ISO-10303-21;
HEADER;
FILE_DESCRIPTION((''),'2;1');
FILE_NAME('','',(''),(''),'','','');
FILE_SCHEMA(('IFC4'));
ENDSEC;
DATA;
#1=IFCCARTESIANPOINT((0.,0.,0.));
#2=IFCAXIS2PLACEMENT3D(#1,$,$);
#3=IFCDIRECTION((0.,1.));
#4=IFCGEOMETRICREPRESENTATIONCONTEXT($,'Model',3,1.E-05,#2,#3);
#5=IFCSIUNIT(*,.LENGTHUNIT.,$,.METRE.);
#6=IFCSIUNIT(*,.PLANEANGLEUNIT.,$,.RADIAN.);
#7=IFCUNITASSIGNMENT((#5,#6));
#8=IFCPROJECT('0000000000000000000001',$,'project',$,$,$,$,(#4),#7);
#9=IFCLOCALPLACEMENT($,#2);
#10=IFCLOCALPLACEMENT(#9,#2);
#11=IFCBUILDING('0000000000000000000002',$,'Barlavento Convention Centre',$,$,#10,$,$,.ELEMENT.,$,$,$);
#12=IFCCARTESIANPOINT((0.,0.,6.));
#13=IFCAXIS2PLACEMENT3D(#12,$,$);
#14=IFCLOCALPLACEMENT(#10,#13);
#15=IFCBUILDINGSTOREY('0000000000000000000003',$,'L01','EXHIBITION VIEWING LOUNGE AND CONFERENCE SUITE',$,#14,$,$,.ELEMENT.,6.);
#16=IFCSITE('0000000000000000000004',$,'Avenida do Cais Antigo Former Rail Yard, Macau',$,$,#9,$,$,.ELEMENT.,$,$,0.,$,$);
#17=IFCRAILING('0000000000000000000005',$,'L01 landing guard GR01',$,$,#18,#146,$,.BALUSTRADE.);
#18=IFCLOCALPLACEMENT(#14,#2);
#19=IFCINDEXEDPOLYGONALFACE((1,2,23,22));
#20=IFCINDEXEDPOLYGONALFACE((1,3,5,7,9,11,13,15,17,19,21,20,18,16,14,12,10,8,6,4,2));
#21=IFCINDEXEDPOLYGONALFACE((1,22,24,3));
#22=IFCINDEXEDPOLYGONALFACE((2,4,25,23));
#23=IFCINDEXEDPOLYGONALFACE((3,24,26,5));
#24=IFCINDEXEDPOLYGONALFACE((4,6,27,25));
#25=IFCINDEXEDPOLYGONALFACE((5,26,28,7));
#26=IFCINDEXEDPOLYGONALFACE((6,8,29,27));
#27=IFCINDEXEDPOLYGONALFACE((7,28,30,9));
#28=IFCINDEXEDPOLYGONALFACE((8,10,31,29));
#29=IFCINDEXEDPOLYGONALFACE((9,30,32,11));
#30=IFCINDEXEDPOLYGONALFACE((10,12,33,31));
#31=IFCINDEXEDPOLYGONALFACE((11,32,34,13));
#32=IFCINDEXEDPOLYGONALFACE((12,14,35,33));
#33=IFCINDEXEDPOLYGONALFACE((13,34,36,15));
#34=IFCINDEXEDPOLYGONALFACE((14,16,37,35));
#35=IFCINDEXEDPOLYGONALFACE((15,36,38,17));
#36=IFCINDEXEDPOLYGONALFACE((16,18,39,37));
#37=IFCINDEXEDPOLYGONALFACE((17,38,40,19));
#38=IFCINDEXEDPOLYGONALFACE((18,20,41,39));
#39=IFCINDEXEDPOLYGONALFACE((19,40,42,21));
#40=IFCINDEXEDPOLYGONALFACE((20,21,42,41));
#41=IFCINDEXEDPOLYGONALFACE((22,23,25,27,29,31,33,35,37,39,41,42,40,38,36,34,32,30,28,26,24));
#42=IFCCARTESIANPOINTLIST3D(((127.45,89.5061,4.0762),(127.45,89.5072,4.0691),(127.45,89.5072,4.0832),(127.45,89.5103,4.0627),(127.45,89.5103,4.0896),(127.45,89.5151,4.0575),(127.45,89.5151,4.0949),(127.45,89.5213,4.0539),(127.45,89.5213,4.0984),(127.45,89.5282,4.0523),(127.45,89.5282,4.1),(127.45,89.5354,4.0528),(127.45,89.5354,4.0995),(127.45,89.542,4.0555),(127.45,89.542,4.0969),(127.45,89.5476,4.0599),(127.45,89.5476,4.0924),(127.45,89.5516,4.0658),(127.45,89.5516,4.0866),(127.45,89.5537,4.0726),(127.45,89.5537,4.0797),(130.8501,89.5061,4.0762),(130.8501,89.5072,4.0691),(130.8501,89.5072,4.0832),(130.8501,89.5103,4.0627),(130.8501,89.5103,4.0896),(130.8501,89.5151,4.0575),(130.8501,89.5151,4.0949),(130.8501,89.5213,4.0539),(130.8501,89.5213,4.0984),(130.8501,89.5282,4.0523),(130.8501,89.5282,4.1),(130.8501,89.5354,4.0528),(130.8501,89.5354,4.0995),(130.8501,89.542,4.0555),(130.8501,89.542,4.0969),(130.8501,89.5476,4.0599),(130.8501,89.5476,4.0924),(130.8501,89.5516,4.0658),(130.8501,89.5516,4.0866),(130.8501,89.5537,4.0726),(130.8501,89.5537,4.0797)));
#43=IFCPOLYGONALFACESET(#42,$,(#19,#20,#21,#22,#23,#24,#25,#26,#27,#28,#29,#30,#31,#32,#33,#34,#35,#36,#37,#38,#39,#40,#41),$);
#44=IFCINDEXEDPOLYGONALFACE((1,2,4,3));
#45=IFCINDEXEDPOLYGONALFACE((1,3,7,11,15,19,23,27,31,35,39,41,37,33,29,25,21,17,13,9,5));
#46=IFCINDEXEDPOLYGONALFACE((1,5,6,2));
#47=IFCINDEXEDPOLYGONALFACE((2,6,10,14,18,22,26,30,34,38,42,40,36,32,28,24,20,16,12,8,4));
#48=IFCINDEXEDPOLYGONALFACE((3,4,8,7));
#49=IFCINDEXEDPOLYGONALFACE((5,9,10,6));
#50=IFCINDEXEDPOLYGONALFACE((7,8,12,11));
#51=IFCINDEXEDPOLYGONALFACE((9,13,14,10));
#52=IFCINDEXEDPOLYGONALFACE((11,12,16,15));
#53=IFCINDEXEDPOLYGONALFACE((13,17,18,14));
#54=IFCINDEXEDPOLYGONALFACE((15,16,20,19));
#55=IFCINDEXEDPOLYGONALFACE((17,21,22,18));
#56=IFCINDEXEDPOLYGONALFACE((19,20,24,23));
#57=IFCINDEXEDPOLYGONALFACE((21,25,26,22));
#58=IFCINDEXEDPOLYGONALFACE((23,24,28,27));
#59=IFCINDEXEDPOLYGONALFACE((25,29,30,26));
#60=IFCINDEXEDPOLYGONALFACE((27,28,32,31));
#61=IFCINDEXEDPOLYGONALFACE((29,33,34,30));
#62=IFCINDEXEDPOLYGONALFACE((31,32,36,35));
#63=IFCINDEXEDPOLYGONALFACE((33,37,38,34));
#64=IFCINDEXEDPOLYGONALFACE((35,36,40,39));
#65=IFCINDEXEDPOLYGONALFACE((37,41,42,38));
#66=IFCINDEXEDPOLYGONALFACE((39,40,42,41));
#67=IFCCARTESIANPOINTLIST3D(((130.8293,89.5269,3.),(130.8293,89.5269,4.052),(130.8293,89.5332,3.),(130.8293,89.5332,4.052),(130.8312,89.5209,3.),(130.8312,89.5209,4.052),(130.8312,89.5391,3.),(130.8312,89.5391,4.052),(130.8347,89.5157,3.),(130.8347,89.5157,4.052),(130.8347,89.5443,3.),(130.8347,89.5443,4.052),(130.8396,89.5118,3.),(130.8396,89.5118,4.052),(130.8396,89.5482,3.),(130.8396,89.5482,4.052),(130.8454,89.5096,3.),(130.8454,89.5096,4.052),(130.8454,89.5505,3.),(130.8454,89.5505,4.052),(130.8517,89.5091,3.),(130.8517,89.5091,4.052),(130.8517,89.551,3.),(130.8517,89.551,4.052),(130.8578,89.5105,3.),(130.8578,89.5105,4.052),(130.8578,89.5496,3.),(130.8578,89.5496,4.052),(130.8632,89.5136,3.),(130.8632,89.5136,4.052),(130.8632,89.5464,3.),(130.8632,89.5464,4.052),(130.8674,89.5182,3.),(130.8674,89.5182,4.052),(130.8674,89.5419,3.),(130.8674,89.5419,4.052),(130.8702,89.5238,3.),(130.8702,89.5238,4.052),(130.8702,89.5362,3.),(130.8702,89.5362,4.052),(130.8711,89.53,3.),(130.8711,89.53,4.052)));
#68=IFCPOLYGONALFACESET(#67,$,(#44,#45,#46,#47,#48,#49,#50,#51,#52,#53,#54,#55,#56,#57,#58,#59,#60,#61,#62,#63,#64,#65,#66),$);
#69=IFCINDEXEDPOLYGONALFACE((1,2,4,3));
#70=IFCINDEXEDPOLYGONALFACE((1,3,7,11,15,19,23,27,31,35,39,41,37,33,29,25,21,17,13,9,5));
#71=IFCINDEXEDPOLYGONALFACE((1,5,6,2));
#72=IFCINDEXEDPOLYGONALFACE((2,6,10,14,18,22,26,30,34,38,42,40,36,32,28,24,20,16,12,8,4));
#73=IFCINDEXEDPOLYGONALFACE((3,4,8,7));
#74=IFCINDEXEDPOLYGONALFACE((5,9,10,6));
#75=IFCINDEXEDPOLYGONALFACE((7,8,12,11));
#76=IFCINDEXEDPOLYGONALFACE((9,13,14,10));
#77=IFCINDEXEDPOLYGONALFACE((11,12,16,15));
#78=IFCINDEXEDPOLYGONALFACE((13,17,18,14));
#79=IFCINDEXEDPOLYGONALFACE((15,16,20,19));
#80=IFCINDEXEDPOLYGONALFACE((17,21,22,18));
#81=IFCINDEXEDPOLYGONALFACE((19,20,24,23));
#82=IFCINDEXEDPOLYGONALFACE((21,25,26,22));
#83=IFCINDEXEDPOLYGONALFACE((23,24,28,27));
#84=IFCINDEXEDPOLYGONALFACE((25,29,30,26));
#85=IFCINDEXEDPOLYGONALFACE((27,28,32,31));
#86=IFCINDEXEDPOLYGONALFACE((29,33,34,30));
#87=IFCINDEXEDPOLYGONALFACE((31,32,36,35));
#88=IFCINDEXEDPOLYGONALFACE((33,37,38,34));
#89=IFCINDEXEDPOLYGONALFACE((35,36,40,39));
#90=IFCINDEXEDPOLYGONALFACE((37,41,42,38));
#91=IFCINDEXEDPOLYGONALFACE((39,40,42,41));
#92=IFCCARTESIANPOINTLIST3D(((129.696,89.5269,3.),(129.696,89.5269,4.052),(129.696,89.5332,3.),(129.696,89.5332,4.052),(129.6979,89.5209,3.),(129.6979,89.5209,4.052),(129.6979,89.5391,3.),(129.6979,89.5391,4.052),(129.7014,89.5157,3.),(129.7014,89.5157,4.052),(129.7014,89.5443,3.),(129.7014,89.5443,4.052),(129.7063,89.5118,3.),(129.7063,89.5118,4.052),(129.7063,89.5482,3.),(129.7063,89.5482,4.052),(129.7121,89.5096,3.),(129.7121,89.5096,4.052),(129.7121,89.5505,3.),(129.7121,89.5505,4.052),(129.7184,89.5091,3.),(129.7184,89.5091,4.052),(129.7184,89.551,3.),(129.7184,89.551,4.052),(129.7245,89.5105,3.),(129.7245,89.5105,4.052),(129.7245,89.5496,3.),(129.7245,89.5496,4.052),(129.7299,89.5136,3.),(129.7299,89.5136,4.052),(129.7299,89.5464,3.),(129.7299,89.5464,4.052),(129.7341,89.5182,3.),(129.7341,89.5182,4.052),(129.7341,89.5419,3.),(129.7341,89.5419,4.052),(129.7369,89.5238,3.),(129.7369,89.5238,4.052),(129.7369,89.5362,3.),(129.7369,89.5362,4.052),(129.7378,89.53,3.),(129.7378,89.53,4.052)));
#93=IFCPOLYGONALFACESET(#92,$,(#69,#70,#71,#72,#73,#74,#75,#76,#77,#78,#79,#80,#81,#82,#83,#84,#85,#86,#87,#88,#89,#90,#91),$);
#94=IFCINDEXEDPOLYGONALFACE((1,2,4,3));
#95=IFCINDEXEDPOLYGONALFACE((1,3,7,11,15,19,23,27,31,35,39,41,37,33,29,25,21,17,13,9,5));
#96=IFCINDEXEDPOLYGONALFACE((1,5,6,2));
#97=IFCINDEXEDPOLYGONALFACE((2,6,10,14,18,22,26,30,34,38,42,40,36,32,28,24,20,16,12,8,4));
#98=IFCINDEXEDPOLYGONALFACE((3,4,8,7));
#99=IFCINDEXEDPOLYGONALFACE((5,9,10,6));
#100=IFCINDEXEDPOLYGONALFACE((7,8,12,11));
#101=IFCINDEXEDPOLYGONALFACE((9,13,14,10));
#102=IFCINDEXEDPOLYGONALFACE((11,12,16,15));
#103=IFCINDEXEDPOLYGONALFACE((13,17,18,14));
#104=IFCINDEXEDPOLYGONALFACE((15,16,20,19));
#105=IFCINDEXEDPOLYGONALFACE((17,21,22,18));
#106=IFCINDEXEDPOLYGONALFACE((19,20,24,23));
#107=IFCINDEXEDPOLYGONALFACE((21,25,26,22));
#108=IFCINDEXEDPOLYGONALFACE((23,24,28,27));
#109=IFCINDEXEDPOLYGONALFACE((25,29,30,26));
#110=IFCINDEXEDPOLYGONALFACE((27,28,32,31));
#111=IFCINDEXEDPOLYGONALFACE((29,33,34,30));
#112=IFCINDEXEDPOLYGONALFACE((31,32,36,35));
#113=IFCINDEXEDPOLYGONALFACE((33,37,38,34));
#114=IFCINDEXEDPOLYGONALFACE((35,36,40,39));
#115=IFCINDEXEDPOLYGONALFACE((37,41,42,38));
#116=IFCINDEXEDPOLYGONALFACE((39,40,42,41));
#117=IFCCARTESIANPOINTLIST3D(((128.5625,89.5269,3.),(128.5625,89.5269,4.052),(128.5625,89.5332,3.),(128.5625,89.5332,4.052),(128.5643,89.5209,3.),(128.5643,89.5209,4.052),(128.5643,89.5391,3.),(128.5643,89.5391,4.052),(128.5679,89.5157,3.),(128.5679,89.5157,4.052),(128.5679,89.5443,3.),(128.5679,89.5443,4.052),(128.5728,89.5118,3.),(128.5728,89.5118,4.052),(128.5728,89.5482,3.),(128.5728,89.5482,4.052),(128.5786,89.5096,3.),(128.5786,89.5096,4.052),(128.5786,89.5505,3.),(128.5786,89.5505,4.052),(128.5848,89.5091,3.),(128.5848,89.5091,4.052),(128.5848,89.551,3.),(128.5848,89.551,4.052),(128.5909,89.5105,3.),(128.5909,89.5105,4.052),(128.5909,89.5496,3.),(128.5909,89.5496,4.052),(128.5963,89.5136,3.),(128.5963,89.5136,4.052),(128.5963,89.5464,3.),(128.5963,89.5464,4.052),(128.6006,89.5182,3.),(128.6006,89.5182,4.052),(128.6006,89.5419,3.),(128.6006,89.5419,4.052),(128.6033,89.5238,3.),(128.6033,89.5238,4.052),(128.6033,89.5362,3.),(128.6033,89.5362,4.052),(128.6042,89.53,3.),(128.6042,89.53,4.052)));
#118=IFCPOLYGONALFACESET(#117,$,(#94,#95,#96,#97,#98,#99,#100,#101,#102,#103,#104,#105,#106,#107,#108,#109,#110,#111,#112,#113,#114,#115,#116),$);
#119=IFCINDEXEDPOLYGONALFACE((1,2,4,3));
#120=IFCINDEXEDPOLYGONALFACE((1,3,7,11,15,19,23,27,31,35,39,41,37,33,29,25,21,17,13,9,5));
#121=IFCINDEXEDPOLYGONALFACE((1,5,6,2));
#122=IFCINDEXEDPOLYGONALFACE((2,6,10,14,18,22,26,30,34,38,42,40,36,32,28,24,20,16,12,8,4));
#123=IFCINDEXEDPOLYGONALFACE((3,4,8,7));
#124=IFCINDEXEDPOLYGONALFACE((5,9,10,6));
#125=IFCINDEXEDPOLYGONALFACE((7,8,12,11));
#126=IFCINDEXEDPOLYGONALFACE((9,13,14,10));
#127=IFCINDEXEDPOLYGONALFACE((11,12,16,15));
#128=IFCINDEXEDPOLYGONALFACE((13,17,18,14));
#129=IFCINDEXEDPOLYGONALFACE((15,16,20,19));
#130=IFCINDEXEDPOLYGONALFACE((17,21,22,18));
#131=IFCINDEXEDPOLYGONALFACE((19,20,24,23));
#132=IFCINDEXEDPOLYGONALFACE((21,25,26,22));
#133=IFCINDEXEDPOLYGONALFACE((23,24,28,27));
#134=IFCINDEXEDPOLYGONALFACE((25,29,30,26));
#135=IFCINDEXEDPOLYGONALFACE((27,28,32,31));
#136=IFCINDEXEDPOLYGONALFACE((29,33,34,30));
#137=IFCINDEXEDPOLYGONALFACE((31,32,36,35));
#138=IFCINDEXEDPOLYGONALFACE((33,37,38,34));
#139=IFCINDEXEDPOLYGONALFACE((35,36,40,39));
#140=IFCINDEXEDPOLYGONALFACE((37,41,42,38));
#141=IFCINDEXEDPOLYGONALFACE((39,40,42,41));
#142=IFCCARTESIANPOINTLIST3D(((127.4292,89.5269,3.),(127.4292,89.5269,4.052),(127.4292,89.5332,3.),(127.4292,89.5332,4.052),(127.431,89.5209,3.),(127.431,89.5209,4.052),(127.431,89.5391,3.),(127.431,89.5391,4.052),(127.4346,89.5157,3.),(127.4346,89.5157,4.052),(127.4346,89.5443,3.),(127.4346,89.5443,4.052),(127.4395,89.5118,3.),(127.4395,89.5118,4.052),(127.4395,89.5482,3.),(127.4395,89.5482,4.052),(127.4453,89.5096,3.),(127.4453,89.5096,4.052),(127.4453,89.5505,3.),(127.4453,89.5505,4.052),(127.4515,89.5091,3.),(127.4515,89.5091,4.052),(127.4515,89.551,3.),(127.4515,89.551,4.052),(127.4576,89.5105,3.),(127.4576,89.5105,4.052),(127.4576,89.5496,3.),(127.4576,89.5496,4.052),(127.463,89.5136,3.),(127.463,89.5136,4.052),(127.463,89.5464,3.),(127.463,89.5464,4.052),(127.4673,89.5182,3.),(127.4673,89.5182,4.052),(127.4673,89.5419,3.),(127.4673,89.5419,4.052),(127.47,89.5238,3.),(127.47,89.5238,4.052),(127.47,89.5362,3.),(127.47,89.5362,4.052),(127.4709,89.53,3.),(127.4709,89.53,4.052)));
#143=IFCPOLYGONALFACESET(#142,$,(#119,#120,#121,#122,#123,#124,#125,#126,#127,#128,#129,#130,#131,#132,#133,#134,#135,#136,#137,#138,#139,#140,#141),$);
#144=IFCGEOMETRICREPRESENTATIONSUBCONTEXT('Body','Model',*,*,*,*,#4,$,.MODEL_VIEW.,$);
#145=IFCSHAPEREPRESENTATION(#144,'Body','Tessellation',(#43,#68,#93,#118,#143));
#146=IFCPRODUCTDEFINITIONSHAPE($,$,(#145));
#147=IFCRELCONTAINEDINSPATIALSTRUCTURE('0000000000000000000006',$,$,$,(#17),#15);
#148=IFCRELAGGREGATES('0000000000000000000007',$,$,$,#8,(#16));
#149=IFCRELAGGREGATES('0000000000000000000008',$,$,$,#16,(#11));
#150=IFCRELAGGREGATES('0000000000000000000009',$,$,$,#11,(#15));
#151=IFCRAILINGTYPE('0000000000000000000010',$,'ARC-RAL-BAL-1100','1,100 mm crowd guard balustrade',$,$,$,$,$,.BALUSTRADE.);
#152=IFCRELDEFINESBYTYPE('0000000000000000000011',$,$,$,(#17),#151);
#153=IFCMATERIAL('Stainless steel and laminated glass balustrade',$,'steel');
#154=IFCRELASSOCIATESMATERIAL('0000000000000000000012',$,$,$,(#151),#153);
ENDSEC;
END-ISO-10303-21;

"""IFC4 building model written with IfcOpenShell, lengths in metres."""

from ifc_helpers import new_model, si_unit, direction, frame, origin, origin_2d, place, context, subcontext, project, spatial, circle, extrude, material, type_object, element, save


model = new_model("IFC4")

# Units and contexts
model_context = context("Model", 3, precision=1e-05, world=origin(), true_north=direction((0.0, 1.0)))
body_context = subcontext(model_context, "Body", "Model", "MODEL_VIEW")
ifc_project = project(units=[si_unit("LENGTHUNIT", "METRE"), si_unit("PLANEANGLEUNIT", "RADIAN")], contexts=[model_context])

# Site, building, storey
site_placement = place(None, origin())
site = spatial("IfcSite", under=ifc_project, at=site_placement, Name="Avenida do Cais Antigo Former Rail Yard, Macau", CompositionType="ELEMENT", RefElevation=0.0)
building_placement = place(site_placement, origin())
building = spatial("IfcBuilding", under=site, at=building_placement, Name="Barlavento Convention Centre", CompositionType="ELEMENT")
storey_placement = place(building_placement, frame((0.0, 0.0, 6.0)))
storey = spatial("IfcBuildingStorey", under=building, at=storey_placement, Name="L01", Description="EXHIBITION VIEWING LOUNGE AND CONFERENCE SUITE", CompositionType="ELEMENT", Elevation=6.0)

# Railing
ifc_material_1 = material(Name="Stainless steel and laminated glass balustrade", Category="steel")
railing_type_1 = type_object("IfcRailingType", Name="ARC-RAL-BAL-1100", Description="1,100 mm crowd guard balustrade", PredefinedType="BALUSTRADE", material=ifc_material_1)
for number, where, name in (
    (1, (130.8501, 89.53, 3.0), "L01 landing guard GR01"),
):
    element("IfcRailing", number, at=place(storey_placement, frame(where)), inside=storey, type_object=railing_type_1, Name=name, PredefinedType="BALUSTRADE", context=body_context, shape_type="SweptSolid", body=[
        extrude(circle(Radius=0.0239, at=origin_2d()), frame((0.0, 0.0, 1.0762), z_axis=(-1.0, 0.0, 0.0), x_axis=(0.0, -1.0, 0.0)), (0.0, 0.0, 1.0), 3.4001),
        extrude(circle(Radius=0.021, at=origin_2d()), origin(), (0.0, 0.0, 1.0), 1.052),
        extrude(circle(Radius=0.021, at=origin_2d()), frame((-1.1333, 0.0, 0.0)), (0.0, 0.0, 1.0), 1.052),
        extrude(circle(Radius=0.021, at=origin_2d()), frame((-2.2668, 0.0, 0.0)), (0.0, 0.0, 1.0), 1.052),
        extrude(circle(Radius=0.021, at=origin_2d()), frame((-3.4001, 0.0, 0.0)), (0.0, 0.0, 1.0), 1.052),
    ])

save(model, "model.ifc")
